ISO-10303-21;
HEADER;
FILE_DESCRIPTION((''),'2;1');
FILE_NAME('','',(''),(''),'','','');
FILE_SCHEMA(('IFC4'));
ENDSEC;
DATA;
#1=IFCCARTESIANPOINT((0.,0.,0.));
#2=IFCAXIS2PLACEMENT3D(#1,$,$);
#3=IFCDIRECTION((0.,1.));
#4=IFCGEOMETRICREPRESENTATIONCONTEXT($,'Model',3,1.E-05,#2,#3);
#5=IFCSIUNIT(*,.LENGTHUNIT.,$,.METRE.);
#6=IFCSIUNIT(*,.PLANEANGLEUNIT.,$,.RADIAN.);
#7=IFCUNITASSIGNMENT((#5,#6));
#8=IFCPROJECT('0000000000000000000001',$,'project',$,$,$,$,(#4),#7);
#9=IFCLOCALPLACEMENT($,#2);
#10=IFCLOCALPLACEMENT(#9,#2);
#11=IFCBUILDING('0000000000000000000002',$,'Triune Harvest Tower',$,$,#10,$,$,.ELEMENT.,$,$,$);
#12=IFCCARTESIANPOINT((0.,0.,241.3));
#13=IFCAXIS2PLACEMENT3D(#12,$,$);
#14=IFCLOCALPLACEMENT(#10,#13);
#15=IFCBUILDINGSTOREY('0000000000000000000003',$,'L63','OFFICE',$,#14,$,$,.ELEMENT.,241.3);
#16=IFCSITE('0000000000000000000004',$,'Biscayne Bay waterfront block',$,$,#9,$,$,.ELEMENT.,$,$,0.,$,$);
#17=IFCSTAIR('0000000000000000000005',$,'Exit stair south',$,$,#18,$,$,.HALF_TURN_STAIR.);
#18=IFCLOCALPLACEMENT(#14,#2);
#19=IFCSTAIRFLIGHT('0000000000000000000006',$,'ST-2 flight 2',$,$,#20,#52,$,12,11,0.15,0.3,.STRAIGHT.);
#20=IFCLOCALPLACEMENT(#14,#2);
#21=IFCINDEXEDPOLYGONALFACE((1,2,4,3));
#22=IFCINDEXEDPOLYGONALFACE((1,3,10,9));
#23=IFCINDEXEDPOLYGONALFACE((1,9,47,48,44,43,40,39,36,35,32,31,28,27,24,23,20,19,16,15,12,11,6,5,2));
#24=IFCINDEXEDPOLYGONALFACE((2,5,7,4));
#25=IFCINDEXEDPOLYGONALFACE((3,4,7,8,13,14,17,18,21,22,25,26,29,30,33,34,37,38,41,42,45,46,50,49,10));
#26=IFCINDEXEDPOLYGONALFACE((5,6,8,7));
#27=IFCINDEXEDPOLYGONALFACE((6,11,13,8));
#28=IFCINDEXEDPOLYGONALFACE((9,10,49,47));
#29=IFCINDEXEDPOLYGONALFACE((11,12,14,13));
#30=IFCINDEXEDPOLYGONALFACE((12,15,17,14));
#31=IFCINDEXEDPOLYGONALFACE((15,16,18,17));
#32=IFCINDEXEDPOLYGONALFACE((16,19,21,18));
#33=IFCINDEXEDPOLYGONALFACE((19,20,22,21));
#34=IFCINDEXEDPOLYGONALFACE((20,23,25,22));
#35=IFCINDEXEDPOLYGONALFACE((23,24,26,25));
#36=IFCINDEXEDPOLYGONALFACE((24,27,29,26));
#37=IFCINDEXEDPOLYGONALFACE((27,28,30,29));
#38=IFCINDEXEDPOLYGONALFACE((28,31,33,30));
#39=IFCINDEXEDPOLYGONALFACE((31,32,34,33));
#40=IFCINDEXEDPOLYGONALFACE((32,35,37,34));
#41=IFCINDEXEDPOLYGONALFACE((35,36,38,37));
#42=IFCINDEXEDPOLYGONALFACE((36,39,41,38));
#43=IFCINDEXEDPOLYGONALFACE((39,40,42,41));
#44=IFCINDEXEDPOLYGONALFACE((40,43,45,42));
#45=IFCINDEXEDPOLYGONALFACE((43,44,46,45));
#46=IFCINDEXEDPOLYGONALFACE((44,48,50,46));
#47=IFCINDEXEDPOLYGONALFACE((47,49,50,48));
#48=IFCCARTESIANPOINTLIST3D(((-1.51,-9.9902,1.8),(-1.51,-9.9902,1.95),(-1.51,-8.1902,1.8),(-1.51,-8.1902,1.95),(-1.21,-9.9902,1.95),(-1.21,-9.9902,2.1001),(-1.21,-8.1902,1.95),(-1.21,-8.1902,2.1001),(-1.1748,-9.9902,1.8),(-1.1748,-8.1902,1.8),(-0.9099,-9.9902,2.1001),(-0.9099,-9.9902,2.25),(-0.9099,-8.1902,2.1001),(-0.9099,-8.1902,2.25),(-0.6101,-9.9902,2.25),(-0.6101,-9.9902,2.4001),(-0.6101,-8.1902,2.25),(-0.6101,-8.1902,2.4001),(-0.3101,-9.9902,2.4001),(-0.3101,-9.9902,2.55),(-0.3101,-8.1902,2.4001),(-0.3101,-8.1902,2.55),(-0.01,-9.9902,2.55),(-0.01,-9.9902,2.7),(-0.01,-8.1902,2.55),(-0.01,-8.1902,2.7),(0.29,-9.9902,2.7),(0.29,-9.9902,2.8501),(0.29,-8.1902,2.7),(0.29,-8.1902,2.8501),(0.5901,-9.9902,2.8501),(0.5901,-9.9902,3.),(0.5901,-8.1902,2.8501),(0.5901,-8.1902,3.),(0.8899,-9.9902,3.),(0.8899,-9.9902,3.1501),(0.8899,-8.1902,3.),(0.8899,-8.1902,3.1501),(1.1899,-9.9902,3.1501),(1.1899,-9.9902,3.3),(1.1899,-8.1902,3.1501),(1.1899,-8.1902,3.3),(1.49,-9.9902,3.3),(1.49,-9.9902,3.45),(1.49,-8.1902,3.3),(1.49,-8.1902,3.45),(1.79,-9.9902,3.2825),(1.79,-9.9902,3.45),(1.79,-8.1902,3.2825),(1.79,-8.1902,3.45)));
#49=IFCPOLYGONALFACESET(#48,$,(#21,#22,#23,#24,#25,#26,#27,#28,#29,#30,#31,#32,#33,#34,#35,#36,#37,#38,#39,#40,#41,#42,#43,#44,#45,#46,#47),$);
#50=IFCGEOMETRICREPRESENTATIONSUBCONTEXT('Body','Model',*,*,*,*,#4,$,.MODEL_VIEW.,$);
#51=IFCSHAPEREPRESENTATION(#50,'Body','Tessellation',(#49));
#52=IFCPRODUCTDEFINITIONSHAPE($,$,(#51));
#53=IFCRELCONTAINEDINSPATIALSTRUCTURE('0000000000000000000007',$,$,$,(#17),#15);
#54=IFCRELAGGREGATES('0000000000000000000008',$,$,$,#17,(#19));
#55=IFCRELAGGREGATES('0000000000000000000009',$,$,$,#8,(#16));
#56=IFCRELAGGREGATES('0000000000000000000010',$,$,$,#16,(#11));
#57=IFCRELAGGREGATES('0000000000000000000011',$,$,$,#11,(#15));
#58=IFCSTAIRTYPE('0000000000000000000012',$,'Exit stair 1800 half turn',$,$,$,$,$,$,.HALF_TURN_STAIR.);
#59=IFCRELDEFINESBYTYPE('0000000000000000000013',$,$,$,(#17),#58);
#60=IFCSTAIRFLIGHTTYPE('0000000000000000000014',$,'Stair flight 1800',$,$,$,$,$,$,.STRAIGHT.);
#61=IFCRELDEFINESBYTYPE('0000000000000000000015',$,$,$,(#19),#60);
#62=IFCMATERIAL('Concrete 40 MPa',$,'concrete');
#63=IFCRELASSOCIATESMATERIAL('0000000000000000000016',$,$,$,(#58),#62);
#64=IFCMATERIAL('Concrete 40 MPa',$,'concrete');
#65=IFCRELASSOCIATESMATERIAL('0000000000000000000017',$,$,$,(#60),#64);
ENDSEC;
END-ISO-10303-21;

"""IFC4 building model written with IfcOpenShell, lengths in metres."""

from ifc_helpers import new_model, si_unit, direction, frame, origin, place, context, subcontext, project, spatial, polyline, outline, extrude, source, transform, mapped, material, type_object, element, aggregate, save


model = new_model("IFC4")

# Units and contexts
model_context = context("Model", 3, precision=1e-05, world=origin(), true_north=direction((0.0, 1.0)))
body_context = subcontext(model_context, "Body", "Model", "MODEL_VIEW")
ifc_project = project(units=[si_unit("LENGTHUNIT", "METRE"), si_unit("PLANEANGLEUNIT", "RADIAN")], contexts=[model_context])

# Site, building, storey
site_placement = place(None, origin())
site = spatial("IfcSite", under=ifc_project, at=site_placement, Name="Biscayne Bay waterfront block", CompositionType="ELEMENT", RefElevation=0.0)
building_placement = place(site_placement, origin())
building = spatial("IfcBuilding", under=site, at=building_placement, Name="Triune Harvest Tower", CompositionType="ELEMENT")
storey_placement = place(building_placement, frame((0.0, 0.0, 241.3)))
storey = spatial("IfcBuildingStorey", under=building, at=storey_placement, Name="L63", Description="OFFICE", CompositionType="ELEMENT", Elevation=241.3)

# Shared definitions
ifc_material_1 = material(Name="Concrete 40 MPa", Category="concrete")
stair_type = type_object("IfcStairType", Name="Exit stair 1800 half turn", PredefinedType="HALF_TURN_STAIR", material=ifc_material_1)

# Stair, stair flight
stair_1_placement = place(storey_placement, origin())
stair_1 = element("IfcStair", 1, at=stair_1_placement, inside=storey, type_object=stair_type, Name="Exit stair south", PredefinedType="HALF_TURN_STAIR")
ifc_material_2 = material(Name="Concrete 40 MPa", Category="concrete")
stair_flight_type = type_object("IfcStairFlightType", Name="Stair flight 1800", PredefinedType="STRAIGHT", material=ifc_material_2)
shared_shape_1 = source(origin(), body_context, "Body", "SweptSolid", [
    extrude(outline(polyline([(0.0, 0.0), (0.0, 0.1499), (0.3, 0.1499), (0.3, 0.3), (0.6001, 0.3), (0.6001, 0.45), (0.8999, 0.45), (0.8999, 0.6001), (1.2, 0.6001), (1.2, 0.75), (1.5, 0.75), (1.5, 0.8999), (1.8, 0.8999), (1.8, 1.05), (2.1001, 1.05), (2.1001, 1.2), (2.3999, 1.2), (2.3999, 1.3501), (2.7, 1.3501), (2.7, 1.5), (3.0, 1.5), (3.0, 1.6499), (3.3, 1.6499), (3.3, 1.8), (3.3, 1.4824), (0.3352, 0.0), (0.0, 0.0)])), frame((0.0, 0.8999, 0.0), z_axis=(0.0, -1.0, 0.0), x_axis=(1.0, 0.0, 0.0)), (0.0, 0.0, 1.0), 1.8),
])
stair_flight_placement = place(storey_placement, frame((-1.51, -9.0901, 1.8), z_axis=(0.0, 0.0, 1.0), x_axis=(1.0, 0.0, 0.0)))
stair_flight = element("IfcStairFlight", 2, at=stair_flight_placement, type_object=stair_flight_type, Name="ST-2 flight 2", NumberOfRisers=12, NumberOfTreads=11, PredefinedType="STRAIGHT", RiserHeight=0.15, TreadLength=0.3, context=body_context, shape_type="MappedRepresentation", body=[
    mapped(shared_shape_1, transform((0.0, 0.0, 0.0), scale=1.0)),
])
aggregate(stair_1, [stair_flight])

save(model, "model.ifc")
